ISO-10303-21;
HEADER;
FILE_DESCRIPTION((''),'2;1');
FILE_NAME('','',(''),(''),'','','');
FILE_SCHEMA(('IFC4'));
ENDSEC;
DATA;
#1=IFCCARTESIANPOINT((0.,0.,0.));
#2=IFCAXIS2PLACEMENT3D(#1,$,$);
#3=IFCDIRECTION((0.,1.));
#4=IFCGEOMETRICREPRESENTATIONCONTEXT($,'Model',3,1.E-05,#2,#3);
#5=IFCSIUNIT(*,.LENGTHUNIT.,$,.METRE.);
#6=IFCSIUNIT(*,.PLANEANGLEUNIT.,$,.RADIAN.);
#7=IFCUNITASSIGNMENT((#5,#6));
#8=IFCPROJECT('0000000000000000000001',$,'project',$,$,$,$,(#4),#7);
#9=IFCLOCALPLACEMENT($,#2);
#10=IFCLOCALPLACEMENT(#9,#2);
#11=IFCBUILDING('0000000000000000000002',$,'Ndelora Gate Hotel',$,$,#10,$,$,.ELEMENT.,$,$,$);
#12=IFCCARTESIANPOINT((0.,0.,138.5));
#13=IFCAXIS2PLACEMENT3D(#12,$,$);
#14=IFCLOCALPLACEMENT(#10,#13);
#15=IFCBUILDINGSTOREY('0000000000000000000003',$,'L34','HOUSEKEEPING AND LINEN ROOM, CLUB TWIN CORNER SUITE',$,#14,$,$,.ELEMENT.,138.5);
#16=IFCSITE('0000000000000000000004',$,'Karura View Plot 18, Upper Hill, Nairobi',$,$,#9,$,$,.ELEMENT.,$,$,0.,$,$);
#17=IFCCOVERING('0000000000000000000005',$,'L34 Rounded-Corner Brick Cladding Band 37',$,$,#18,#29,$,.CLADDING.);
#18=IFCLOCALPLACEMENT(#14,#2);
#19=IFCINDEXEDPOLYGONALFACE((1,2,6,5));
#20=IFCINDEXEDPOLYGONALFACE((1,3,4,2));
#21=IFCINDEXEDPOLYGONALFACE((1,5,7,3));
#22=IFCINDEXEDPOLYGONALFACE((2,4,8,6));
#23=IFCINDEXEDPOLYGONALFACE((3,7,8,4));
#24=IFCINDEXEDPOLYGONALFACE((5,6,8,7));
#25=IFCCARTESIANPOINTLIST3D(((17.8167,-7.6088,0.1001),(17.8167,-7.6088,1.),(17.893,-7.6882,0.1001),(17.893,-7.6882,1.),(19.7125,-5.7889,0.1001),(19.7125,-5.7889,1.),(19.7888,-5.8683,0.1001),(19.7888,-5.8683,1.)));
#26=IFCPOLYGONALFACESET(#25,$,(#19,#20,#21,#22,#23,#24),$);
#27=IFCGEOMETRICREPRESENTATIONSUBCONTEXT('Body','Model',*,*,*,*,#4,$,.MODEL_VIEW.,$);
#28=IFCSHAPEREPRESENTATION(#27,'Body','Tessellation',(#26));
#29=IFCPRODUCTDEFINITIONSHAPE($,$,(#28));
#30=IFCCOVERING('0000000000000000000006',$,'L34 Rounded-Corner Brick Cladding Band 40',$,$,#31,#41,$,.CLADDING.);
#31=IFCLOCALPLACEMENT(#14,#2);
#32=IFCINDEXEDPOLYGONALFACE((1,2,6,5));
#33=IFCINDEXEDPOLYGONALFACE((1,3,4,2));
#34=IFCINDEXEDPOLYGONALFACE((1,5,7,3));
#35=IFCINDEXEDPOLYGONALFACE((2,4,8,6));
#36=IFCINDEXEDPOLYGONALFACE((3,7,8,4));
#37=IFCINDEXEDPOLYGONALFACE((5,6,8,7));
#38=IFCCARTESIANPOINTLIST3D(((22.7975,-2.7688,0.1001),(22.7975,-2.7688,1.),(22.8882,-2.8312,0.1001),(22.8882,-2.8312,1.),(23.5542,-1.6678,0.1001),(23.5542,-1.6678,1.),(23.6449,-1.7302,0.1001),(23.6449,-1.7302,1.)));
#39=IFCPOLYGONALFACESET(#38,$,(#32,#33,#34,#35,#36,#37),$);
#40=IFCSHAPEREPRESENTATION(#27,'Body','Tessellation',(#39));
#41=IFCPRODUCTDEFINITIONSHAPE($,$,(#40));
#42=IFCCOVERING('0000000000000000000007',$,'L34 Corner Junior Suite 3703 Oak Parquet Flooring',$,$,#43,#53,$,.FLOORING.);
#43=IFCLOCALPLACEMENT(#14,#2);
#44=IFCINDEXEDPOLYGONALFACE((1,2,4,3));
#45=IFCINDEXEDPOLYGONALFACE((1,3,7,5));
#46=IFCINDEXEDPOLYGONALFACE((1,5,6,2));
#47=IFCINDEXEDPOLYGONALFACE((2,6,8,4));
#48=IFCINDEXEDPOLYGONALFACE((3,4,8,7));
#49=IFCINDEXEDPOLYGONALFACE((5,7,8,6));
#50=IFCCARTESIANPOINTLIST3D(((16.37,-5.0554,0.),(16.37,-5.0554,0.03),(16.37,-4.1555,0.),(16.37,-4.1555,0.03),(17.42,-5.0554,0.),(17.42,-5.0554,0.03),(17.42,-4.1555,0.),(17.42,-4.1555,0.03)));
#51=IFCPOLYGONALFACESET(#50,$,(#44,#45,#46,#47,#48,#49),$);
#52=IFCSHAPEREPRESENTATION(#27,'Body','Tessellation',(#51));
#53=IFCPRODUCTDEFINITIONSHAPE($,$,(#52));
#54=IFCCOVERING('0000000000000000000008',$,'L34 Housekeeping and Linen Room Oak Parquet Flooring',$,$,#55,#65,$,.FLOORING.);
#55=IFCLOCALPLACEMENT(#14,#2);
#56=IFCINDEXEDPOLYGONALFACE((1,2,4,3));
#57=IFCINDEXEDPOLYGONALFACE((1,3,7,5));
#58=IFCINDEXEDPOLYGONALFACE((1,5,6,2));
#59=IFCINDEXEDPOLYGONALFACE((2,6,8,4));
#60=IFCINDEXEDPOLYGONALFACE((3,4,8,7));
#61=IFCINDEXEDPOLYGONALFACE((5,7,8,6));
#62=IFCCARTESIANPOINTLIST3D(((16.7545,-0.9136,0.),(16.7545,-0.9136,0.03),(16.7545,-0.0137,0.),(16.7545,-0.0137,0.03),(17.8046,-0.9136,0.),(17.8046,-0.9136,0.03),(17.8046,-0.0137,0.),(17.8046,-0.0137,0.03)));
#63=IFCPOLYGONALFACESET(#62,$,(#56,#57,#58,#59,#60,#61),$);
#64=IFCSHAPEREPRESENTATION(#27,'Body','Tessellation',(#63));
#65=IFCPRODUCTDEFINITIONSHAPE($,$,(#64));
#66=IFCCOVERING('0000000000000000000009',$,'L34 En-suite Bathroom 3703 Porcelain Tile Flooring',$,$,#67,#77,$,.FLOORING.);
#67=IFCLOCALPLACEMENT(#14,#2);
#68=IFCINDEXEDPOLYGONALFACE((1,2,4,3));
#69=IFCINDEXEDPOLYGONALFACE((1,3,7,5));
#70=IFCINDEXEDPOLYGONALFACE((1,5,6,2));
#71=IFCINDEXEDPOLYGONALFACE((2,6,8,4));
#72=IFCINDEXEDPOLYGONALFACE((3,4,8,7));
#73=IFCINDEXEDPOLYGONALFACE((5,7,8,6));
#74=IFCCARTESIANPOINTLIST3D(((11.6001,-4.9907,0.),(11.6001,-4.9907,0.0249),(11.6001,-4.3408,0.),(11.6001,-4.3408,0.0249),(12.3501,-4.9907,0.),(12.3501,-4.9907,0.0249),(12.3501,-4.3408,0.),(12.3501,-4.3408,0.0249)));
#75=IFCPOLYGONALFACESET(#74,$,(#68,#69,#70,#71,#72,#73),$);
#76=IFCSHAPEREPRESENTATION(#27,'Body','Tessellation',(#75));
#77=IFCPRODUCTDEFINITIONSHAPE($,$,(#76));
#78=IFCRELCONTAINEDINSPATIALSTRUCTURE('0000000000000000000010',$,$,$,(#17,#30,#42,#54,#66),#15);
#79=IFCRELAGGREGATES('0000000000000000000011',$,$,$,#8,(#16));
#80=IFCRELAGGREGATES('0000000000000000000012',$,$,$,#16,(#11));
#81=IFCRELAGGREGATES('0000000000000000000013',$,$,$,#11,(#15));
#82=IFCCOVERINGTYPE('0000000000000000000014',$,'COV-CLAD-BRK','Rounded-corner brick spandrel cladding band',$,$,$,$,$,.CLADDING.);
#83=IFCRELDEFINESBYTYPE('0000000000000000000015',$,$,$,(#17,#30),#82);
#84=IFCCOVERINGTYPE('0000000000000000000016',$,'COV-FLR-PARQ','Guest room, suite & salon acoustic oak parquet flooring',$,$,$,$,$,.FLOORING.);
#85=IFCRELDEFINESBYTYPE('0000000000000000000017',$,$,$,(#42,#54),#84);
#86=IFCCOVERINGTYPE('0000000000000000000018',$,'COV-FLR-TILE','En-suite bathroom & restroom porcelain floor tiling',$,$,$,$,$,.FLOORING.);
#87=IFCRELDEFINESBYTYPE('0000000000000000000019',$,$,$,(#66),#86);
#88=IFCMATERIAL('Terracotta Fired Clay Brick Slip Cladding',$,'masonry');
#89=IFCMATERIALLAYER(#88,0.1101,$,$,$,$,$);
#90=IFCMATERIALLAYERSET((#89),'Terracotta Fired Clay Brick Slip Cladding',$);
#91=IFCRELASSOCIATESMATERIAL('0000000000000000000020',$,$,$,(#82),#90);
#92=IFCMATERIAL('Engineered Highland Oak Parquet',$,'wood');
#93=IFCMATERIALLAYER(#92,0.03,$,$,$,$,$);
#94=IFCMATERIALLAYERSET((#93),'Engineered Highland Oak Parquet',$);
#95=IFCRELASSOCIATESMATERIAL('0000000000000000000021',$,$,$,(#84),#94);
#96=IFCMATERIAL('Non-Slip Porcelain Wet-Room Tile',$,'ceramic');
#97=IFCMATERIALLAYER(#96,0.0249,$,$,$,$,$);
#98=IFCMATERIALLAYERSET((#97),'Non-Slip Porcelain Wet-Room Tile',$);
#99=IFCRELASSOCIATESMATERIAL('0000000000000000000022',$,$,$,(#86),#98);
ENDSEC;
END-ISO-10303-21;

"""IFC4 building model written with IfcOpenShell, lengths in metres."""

from ifc_helpers import new_model, si_unit, direction, frame, origin, origin_2d, place, context, subcontext, project, spatial, rectangle, extrude, material, layer, layer_set, type_object, element, save


model = new_model("IFC4")

# Units and contexts
model_context = context("Model", 3, precision=1e-05, world=origin(), true_north=direction((0.0, 1.0)))
body_context = subcontext(model_context, "Body", "Model", "MODEL_VIEW")
ifc_project = project(units=[si_unit("LENGTHUNIT", "METRE"), si_unit("PLANEANGLEUNIT", "RADIAN")], contexts=[model_context])

# Site, building, storey
site_placement = place(None, origin())
site = spatial("IfcSite", under=ifc_project, at=site_placement, Name="Karura View Plot 18, Upper Hill, Nairobi", CompositionType="ELEMENT", RefElevation=0.0)
building_placement = place(site_placement, origin())
building = spatial("IfcBuilding", under=site, at=building_placement, Name="Ndelora Gate Hotel", CompositionType="ELEMENT")
storey_placement = place(building_placement, frame((0.0, 0.0, 138.5)))
storey = spatial("IfcBuildingStorey", under=building, at=storey_placement, Name="L34", Description="HOUSEKEEPING AND LINEN ROOM, CLUB TWIN CORNER SUITE", CompositionType="ELEMENT", Elevation=138.5)

# Coverings
ifc_material_1 = material(Name="Terracotta Fired Clay Brick Slip Cladding", Category="masonry")
ifc_layer_1 = layer(ifc_material_1, 0.1101)
ifc_layer_set_1 = layer_set([ifc_layer_1], Name="Terracotta Fired Clay Brick Slip Cladding")
covering_type_1 = type_object("IfcCoveringType", Name="COV-CLAD-BRK", Description="Rounded-corner brick spandrel cladding band", PredefinedType="CLADDING", material=ifc_layer_set_1)
covering_1_placement = place(storey_placement, frame((18.8027, -6.7385, 0.1001), z_axis=(0.0, 0.0, 1.0), x_axis=(0.721398, 0.692521, 0.0)))
element("IfcCovering", 1, at=covering_1_placement, inside=storey, type_object=covering_type_1, Name="L34 Rounded-Corner Brick Cladding Band 37", PredefinedType="CLADDING", context=body_context, shape_type="SweptSolid", body=[
    extrude(rectangle(XDim=2.6279, YDim=0.1101, at=origin_2d()), origin(), (0.0, 0.0, 1.0), 0.8999),
])
covering_2_placement = place(storey_placement, frame((23.2212, -2.2495, 0.1001), z_axis=(0.0, 0.0, 1.0), x_axis=(0.566406, 0.824126, 0.0)))
element("IfcCovering", 2, at=covering_2_placement, inside=storey, type_object=covering_type_1, Name="L34 Rounded-Corner Brick Cladding Band 40", PredefinedType="CLADDING", context=body_context, shape_type="SweptSolid", body=[
    extrude(rectangle(XDim=1.3359, YDim=0.1101, at=origin_2d()), origin(), (0.0, 0.0, 1.0), 0.8999),
])
ifc_material_2 = material(Name="Engineered Highland Oak Parquet", Category="wood")
ifc_layer_2 = layer(ifc_material_2, 0.03)
ifc_layer_set_2 = layer_set([ifc_layer_2], Name="Engineered Highland Oak Parquet")
covering_type_2 = type_object("IfcCoveringType", Name="COV-FLR-PARQ", Description="Guest room, suite & salon acoustic oak parquet flooring", PredefinedType="FLOORING", material=ifc_layer_set_2)
for number, where, z_axis, x_axis, name in (
    (3, (16.895, -4.6055, 0.0), (0.0, 0.0, 1.0), (1.0, 0.0, 0.0), "L34 Corner Junior Suite 3703 Oak Parquet Flooring"),
    (4, (17.2795, -0.4636, 0.0), (0.0, 0.0, 1.0), (1.0, 0.0, 0.0), "L34 Housekeeping and Linen Room Oak Parquet Flooring"),
):
    element("IfcCovering", number, at=place(storey_placement, frame(where, z_axis=z_axis, x_axis=x_axis)), inside=storey, type_object=covering_type_2, Name=name, PredefinedType="FLOORING", context=body_context, shape_type="SweptSolid", body=[
        extrude(rectangle(XDim=1.05, YDim=0.8999, at=origin_2d()), origin(), (0.0, 0.0, 1.0), 0.03),
    ])
ifc_material_3 = material(Name="Non-Slip Porcelain Wet-Room Tile", Category="ceramic")
ifc_layer_3 = layer(ifc_material_3, 0.0249)
ifc_layer_set_3 = layer_set([ifc_layer_3], Name="Non-Slip Porcelain Wet-Room Tile")
covering_type_3 = type_object("IfcCoveringType", Name="COV-FLR-TILE", Description="En-suite bathroom & restroom porcelain floor tiling", PredefinedType="FLOORING", material=ifc_layer_set_3)
covering_3_placement = place(storey_placement, frame((11.9751, -4.6658, 0.0), z_axis=(0.0, 0.0, 1.0), x_axis=(1.0, 0.0, 0.0)))
element("IfcCovering", 5, at=covering_3_placement, inside=storey, type_object=covering_type_3, Name="L34 En-suite Bathroom 3703 Porcelain Tile Flooring", PredefinedType="FLOORING", context=body_context, shape_type="SweptSolid", body=[
    extrude(rectangle(XDim=0.75, YDim=0.6499, at=origin_2d()), origin(), (0.0, 0.0, 1.0), 0.0249),
])

save(model, "model.ifc")
